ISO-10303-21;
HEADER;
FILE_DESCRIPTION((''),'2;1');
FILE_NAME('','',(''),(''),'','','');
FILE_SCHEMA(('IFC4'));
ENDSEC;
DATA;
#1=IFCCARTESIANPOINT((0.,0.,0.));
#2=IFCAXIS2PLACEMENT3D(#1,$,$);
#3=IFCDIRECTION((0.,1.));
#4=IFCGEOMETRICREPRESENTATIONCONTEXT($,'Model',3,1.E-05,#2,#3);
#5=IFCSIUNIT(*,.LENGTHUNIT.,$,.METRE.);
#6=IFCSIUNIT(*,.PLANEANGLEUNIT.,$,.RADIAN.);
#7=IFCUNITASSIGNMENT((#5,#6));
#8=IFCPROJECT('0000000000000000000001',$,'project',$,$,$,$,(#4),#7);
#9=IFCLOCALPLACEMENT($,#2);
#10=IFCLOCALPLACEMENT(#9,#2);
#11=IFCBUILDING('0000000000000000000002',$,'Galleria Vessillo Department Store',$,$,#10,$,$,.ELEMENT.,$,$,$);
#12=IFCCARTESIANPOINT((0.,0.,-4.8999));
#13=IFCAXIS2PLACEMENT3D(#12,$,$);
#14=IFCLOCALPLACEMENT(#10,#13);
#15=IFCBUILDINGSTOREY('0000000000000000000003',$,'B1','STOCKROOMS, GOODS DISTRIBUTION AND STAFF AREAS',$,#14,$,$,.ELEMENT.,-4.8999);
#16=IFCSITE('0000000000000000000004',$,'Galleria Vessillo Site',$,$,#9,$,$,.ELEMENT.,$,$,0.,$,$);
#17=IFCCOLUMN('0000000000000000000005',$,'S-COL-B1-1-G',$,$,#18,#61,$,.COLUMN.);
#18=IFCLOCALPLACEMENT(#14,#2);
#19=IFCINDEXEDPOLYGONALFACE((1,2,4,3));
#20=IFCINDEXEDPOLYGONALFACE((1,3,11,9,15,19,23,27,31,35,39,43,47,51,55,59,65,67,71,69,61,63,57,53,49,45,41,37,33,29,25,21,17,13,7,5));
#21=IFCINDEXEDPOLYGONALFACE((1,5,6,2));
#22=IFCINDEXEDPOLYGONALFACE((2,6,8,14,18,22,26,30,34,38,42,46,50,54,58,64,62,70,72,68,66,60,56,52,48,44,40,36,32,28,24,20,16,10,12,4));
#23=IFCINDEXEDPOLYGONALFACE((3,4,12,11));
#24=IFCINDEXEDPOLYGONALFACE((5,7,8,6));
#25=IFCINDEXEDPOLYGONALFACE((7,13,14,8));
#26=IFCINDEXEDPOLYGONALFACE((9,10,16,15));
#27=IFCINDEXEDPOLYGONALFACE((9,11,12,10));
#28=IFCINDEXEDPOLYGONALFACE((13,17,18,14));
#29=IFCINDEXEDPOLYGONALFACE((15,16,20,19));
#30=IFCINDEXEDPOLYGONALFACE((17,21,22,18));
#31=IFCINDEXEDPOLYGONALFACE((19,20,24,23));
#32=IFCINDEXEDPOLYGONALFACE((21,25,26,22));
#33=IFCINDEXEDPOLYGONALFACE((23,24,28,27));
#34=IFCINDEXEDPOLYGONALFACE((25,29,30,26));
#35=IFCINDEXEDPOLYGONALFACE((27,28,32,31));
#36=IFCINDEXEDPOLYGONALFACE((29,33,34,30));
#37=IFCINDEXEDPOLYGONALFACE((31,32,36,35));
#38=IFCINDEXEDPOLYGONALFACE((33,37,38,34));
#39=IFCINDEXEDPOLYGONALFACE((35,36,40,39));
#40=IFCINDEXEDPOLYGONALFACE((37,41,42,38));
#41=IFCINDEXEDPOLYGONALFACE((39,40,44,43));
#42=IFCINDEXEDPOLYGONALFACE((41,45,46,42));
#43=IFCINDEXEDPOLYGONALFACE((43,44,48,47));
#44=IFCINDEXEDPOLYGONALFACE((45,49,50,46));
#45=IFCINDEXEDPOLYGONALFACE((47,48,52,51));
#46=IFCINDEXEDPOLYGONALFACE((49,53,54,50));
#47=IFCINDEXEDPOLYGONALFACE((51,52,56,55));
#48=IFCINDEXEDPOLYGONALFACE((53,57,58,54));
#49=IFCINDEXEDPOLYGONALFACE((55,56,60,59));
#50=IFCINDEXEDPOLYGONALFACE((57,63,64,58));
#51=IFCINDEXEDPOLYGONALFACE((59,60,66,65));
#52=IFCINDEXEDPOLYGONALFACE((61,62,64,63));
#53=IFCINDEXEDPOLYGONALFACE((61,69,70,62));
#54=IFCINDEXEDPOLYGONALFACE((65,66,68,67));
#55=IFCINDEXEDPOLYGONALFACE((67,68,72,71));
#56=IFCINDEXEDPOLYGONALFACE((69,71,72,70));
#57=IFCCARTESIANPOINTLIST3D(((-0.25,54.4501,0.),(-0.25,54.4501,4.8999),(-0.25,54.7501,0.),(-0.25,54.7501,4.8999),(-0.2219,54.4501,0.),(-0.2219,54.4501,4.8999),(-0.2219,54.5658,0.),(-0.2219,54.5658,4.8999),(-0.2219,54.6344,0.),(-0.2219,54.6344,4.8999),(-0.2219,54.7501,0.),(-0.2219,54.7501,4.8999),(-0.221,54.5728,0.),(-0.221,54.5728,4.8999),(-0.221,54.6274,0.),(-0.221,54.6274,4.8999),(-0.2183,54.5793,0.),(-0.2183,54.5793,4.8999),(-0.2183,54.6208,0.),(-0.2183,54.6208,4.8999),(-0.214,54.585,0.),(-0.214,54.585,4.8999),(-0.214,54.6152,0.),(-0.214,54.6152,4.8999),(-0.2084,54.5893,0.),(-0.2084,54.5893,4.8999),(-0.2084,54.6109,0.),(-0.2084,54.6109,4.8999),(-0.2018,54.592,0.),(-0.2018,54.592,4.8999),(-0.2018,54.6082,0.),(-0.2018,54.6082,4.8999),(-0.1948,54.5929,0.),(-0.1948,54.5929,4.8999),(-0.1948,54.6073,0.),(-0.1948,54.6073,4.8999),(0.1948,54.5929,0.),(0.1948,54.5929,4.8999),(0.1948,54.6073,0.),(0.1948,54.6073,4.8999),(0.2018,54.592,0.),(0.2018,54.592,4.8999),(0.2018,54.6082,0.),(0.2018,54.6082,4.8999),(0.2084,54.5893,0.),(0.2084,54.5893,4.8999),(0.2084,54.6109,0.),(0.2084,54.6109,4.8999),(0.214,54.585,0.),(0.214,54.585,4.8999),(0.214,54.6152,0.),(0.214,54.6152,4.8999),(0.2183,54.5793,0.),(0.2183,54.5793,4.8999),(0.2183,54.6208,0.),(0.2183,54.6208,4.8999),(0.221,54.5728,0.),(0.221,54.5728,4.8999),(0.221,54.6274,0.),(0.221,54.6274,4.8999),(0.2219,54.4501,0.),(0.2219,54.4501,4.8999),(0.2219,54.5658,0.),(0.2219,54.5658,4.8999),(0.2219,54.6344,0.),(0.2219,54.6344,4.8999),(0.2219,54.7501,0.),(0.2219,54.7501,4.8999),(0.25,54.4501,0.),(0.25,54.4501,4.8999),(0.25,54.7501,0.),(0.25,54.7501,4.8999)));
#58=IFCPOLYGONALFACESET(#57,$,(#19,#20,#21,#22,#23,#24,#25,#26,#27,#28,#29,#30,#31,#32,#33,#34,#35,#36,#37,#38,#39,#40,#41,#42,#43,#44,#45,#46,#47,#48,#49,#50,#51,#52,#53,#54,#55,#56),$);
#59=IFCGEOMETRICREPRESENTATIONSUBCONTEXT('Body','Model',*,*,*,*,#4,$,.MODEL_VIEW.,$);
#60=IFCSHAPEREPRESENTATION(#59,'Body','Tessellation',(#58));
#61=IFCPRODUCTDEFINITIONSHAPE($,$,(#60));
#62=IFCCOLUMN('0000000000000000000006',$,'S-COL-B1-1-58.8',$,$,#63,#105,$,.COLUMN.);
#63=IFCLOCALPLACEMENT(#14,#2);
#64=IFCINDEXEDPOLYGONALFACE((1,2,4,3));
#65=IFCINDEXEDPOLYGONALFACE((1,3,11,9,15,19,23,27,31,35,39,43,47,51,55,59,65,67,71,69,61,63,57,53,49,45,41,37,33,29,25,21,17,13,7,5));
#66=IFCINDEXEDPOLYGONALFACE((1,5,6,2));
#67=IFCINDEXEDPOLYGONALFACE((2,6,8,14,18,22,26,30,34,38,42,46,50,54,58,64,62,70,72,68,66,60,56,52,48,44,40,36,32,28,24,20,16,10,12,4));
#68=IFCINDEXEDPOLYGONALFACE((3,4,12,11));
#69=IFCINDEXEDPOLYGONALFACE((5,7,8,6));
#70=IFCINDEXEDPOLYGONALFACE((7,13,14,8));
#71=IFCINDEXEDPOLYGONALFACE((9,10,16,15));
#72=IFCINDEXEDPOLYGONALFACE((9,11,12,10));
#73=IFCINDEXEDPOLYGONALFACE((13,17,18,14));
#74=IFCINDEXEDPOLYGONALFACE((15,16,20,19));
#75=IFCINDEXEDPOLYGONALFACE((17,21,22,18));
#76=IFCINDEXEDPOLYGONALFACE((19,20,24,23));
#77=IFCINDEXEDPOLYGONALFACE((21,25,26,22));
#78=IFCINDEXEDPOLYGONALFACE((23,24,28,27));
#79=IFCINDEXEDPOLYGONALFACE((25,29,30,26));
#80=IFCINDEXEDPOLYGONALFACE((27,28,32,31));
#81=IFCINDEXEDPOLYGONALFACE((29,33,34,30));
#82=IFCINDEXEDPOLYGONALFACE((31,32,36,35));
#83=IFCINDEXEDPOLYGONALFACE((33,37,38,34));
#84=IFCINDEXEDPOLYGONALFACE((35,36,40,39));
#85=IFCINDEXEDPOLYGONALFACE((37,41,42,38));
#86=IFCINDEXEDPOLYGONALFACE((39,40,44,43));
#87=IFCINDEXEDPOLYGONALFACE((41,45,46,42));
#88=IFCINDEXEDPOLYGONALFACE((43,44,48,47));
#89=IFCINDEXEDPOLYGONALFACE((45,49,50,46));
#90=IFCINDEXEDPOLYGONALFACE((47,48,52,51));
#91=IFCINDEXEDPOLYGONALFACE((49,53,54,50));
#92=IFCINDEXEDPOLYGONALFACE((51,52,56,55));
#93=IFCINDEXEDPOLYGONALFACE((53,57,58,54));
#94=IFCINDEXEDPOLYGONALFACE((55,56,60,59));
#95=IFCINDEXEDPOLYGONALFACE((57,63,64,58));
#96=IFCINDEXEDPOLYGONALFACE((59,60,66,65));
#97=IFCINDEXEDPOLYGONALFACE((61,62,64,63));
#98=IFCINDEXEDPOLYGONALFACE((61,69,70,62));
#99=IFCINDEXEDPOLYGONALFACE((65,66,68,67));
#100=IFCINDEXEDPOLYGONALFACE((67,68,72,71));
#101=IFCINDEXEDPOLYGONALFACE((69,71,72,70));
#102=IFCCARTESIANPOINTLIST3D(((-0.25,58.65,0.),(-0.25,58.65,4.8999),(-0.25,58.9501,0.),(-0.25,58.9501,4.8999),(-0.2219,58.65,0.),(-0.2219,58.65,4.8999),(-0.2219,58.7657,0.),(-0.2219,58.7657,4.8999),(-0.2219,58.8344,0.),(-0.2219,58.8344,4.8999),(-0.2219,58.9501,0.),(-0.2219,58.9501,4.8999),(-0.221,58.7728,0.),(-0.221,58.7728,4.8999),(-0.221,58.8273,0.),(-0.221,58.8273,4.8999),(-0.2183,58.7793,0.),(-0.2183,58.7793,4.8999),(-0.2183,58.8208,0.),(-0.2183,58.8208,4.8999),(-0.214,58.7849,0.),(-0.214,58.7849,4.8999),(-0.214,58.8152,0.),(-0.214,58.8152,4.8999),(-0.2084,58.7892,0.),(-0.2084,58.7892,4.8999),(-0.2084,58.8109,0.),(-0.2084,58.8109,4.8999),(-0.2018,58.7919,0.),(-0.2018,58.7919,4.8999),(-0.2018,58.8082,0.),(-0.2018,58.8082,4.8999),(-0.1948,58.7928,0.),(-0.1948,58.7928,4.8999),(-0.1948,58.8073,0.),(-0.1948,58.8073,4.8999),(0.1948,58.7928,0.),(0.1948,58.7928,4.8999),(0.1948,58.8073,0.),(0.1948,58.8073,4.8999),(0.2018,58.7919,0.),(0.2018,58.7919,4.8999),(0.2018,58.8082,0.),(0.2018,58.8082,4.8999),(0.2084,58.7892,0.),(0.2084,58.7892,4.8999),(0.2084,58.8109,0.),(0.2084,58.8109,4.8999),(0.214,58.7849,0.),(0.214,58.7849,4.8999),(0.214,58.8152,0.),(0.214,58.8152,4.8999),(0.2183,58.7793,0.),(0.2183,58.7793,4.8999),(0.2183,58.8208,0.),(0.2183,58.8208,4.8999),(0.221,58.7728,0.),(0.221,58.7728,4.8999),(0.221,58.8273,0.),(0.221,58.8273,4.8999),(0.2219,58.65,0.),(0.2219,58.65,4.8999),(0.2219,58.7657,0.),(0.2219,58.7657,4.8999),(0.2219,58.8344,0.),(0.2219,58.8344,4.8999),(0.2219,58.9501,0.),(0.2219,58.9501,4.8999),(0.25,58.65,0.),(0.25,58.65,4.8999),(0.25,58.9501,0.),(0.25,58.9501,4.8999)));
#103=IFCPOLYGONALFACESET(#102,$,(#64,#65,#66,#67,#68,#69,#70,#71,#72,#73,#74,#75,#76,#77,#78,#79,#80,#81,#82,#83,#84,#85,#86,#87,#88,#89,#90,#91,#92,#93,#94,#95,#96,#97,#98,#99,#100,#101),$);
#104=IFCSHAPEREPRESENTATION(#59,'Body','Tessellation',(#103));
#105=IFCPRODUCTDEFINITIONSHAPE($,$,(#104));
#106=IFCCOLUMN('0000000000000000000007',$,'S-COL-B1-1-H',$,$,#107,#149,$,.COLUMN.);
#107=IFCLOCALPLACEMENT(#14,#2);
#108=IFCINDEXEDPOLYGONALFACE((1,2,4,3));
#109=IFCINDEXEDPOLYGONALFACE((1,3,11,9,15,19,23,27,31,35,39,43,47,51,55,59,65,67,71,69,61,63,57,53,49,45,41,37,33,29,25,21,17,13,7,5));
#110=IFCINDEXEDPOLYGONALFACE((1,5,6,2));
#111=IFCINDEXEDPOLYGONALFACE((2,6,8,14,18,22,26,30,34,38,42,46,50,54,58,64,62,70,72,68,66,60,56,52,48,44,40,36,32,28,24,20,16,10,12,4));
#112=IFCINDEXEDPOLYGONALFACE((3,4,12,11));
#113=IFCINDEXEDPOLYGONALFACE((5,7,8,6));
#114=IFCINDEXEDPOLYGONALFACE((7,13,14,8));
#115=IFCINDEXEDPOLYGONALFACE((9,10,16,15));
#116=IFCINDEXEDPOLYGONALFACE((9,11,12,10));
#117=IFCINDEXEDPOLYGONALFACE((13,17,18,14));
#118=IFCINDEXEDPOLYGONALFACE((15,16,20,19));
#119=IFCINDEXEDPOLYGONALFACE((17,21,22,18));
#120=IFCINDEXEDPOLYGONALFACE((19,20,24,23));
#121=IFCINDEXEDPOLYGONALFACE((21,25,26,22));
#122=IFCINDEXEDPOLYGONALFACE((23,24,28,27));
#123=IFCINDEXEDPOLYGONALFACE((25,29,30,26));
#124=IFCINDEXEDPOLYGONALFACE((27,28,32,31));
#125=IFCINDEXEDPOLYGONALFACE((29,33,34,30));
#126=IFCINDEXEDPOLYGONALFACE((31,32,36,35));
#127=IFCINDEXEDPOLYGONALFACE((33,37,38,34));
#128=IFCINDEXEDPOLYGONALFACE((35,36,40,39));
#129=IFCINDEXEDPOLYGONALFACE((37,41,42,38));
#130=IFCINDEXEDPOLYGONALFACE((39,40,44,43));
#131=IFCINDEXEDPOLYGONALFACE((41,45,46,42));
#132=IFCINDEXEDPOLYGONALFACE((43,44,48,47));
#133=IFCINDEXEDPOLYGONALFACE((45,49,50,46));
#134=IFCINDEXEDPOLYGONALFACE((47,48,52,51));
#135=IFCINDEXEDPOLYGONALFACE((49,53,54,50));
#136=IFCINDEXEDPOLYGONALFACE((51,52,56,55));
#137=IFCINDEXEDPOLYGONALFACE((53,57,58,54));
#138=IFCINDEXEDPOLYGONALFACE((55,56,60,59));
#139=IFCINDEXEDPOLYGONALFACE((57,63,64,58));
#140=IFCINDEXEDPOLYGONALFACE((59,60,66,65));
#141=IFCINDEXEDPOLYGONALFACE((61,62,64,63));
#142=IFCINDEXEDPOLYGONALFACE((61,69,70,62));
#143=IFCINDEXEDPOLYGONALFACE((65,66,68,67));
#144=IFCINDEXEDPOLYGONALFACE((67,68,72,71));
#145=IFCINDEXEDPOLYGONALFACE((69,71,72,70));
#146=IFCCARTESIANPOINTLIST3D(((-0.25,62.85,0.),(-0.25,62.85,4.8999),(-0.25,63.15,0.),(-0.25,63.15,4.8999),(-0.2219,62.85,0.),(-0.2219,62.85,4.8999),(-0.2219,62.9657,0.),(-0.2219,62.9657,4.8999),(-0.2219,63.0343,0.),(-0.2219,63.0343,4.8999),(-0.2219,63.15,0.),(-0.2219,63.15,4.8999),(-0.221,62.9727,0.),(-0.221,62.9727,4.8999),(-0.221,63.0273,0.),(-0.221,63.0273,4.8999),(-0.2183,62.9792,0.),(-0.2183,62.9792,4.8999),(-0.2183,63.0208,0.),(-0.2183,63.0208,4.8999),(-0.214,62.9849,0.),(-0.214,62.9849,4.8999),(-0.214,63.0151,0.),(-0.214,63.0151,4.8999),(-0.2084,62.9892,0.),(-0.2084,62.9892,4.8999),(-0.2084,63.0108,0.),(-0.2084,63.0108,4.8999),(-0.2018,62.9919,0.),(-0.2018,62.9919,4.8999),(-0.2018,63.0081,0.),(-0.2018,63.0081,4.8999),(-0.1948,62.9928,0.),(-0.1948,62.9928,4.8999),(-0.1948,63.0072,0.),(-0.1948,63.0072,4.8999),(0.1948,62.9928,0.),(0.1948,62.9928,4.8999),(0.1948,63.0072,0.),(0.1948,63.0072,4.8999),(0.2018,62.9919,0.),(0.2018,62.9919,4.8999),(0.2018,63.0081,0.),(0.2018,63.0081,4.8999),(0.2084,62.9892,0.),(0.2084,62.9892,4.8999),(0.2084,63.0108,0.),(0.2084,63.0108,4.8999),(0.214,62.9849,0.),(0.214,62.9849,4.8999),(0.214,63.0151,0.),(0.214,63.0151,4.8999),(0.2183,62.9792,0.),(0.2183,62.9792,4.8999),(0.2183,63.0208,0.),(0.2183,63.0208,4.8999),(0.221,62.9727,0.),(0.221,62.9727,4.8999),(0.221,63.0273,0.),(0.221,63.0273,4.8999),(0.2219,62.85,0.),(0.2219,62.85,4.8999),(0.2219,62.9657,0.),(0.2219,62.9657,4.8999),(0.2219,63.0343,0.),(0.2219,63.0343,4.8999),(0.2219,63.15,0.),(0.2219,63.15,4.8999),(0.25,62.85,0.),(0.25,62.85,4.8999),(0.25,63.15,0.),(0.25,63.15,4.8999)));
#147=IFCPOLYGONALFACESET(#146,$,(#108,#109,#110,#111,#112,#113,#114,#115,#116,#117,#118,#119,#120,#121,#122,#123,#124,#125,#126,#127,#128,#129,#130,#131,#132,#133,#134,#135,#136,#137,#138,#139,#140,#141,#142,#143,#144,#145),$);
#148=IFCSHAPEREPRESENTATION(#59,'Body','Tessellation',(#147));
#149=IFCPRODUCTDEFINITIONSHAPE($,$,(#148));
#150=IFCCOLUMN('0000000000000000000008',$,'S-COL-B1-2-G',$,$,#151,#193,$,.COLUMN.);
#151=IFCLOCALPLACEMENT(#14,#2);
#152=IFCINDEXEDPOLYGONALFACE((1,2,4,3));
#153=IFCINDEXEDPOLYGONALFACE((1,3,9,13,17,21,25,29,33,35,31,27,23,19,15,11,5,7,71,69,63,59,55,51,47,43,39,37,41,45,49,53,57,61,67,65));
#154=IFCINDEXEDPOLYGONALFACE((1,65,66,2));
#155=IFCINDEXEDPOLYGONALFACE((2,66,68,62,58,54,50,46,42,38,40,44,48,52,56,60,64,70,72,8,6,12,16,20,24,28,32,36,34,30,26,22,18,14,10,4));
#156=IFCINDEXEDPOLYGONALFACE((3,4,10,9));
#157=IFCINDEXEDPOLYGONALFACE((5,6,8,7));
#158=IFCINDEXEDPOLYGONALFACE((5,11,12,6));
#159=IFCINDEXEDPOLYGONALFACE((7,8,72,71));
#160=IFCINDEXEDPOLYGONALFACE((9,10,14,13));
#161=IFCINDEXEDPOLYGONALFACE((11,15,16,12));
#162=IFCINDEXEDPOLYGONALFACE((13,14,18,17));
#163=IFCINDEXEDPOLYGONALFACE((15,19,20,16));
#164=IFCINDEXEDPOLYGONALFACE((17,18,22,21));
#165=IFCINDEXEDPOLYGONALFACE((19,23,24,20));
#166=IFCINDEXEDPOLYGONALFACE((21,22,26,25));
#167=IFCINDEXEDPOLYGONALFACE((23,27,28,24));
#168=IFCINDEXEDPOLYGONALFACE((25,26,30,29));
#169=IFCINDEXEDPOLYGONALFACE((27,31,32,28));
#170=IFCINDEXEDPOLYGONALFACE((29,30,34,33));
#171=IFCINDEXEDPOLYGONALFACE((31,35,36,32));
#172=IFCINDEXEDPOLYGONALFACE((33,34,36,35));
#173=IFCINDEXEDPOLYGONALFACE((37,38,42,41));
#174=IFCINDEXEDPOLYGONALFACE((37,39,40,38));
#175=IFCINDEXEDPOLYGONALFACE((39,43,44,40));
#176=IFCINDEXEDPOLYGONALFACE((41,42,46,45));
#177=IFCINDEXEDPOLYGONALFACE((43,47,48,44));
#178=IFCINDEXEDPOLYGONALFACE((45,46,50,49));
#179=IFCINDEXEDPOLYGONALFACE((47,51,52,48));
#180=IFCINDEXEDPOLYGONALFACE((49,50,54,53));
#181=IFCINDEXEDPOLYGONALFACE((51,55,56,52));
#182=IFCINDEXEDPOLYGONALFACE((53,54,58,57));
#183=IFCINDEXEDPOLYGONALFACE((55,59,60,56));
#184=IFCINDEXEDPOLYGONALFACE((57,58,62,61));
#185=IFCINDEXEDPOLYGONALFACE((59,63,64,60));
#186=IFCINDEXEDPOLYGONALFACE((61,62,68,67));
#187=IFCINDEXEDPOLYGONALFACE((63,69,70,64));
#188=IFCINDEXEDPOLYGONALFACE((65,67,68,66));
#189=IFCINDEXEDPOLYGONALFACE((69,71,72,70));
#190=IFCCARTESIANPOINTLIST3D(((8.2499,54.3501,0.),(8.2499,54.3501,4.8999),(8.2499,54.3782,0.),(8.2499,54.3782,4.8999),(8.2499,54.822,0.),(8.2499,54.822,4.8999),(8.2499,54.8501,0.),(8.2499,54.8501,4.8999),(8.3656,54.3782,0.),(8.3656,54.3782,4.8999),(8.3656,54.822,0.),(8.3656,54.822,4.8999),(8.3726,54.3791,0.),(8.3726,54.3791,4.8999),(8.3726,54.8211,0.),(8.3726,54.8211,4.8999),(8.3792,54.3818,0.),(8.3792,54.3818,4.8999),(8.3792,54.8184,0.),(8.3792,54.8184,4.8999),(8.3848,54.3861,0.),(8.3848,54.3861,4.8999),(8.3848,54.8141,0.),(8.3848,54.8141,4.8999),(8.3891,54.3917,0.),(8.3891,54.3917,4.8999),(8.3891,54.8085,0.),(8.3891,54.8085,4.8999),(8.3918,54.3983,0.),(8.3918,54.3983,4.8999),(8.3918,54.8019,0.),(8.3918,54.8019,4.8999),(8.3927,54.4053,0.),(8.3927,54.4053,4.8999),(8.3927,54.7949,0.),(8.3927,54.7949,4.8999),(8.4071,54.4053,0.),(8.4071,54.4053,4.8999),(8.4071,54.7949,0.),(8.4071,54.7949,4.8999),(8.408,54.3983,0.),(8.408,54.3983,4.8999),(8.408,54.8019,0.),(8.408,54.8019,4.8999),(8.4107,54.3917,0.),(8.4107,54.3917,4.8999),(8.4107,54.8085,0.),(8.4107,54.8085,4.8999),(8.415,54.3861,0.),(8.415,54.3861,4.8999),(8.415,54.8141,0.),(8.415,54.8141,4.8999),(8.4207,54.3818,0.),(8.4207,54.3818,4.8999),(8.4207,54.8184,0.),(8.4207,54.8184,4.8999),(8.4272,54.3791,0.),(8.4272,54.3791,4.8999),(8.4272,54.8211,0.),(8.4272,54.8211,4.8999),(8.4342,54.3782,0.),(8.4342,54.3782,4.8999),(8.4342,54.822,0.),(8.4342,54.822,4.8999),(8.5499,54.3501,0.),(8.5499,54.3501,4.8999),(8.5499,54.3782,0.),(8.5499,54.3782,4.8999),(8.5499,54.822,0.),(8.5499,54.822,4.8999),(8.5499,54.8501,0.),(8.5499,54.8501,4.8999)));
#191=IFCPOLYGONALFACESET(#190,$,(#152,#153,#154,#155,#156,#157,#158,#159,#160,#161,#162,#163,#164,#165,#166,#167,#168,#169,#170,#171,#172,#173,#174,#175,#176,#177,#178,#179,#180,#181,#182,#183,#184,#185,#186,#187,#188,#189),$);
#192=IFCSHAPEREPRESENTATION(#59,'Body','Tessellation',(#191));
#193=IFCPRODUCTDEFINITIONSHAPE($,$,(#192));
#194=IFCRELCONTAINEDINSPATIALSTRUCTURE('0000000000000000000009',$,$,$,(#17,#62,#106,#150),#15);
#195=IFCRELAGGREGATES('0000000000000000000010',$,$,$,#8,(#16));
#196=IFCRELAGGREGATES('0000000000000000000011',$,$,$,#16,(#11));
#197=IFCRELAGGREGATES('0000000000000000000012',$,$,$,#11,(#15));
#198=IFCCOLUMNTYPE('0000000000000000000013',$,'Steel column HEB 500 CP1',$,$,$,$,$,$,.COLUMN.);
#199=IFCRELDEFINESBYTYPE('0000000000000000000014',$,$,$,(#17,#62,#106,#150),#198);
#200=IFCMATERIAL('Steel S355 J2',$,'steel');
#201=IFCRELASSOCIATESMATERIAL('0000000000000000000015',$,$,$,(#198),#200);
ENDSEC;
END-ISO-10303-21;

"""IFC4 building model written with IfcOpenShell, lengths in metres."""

from ifc_helpers import new_model, si_unit, direction, frame, origin, origin_2d, place, context, subcontext, project, spatial, i_section, extrude, material, material_profile, profile_set, type_object, element, save


model = new_model("IFC4")

# Units and contexts
model_context = context("Model", 3, precision=1e-05, world=origin(), true_north=direction((0.0, 1.0)))
body_context = subcontext(model_context, "Body", "Model", "MODEL_VIEW")
ifc_project = project(units=[si_unit("LENGTHUNIT", "METRE"), si_unit("PLANEANGLEUNIT", "RADIAN")], contexts=[model_context])

# Site, building, storey
site_placement = place(None, origin())
site = spatial("IfcSite", under=ifc_project, at=site_placement, Name="Galleria Vessillo Site", CompositionType="ELEMENT", RefElevation=0.0)
building_placement = place(site_placement, origin())
building = spatial("IfcBuilding", under=site, at=building_placement, Name="Galleria Vessillo Department Store", CompositionType="ELEMENT")
storey_placement = place(building_placement, frame((0.0, 0.0, -4.8999)))
storey = spatial("IfcBuildingStorey", under=building, at=storey_placement, Name="B1", Description="STOCKROOMS, GOODS DISTRIBUTION AND STAFF AREAS", CompositionType="ELEMENT", Elevation=-4.8999)

# Columns
ifc_material_1 = material(Name="Steel S355 J2", Category="steel")
ifc_material_profile = material_profile(ifc_material_1, i_section(OverallWidth=0.3, OverallDepth=0.5, WebThickness=0.0144, FlangeThickness=0.0281, FilletRadius=0.0271, at=origin_2d()), Name="HEB 500")
ifc_profile_set = profile_set([ifc_material_profile], Name="Steel S355 J2")
column_type = type_object("IfcColumnType", Name="Steel column HEB 500 CP1", PredefinedType="COLUMN", material=ifc_profile_set)
for number, where, z_axis, x_axis, name in (
    (1, (0.0, 54.6001, 0.0), (0.0, 0.0, 1.0), (0.0, 1.0, 0.0), "S-COL-B1-1-G"),
    (2, (0.0, 58.8, 0.0), (0.0, 0.0, 1.0), (0.0, 1.0, 0.0), "S-COL-B1-1-58.8"),
    (3, (0.0, 63.0, 0.0), (0.0, 0.0, 1.0), (0.0, 1.0, 0.0), "S-COL-B1-1-H"),
    (4, (8.3999, 54.6001, 0.0), (0.0, 0.0, 1.0), (1.0, 0.0, 0.0), "S-COL-B1-2-G"),
):
    element("IfcColumn", number, at=place(storey_placement, frame(where, z_axis=z_axis, x_axis=x_axis)), inside=storey, type_object=column_type, Name=name, PredefinedType="COLUMN", context=body_context, shape_type="SweptSolid", body=[
        extrude(i_section(OverallWidth=0.3, OverallDepth=0.5, WebThickness=0.0144, FlangeThickness=0.0281, FilletRadius=0.0271, at=origin_2d()), origin(), (0.0, 0.0, 1.0), 4.8999),
    ])

save(model, "model.ifc")
